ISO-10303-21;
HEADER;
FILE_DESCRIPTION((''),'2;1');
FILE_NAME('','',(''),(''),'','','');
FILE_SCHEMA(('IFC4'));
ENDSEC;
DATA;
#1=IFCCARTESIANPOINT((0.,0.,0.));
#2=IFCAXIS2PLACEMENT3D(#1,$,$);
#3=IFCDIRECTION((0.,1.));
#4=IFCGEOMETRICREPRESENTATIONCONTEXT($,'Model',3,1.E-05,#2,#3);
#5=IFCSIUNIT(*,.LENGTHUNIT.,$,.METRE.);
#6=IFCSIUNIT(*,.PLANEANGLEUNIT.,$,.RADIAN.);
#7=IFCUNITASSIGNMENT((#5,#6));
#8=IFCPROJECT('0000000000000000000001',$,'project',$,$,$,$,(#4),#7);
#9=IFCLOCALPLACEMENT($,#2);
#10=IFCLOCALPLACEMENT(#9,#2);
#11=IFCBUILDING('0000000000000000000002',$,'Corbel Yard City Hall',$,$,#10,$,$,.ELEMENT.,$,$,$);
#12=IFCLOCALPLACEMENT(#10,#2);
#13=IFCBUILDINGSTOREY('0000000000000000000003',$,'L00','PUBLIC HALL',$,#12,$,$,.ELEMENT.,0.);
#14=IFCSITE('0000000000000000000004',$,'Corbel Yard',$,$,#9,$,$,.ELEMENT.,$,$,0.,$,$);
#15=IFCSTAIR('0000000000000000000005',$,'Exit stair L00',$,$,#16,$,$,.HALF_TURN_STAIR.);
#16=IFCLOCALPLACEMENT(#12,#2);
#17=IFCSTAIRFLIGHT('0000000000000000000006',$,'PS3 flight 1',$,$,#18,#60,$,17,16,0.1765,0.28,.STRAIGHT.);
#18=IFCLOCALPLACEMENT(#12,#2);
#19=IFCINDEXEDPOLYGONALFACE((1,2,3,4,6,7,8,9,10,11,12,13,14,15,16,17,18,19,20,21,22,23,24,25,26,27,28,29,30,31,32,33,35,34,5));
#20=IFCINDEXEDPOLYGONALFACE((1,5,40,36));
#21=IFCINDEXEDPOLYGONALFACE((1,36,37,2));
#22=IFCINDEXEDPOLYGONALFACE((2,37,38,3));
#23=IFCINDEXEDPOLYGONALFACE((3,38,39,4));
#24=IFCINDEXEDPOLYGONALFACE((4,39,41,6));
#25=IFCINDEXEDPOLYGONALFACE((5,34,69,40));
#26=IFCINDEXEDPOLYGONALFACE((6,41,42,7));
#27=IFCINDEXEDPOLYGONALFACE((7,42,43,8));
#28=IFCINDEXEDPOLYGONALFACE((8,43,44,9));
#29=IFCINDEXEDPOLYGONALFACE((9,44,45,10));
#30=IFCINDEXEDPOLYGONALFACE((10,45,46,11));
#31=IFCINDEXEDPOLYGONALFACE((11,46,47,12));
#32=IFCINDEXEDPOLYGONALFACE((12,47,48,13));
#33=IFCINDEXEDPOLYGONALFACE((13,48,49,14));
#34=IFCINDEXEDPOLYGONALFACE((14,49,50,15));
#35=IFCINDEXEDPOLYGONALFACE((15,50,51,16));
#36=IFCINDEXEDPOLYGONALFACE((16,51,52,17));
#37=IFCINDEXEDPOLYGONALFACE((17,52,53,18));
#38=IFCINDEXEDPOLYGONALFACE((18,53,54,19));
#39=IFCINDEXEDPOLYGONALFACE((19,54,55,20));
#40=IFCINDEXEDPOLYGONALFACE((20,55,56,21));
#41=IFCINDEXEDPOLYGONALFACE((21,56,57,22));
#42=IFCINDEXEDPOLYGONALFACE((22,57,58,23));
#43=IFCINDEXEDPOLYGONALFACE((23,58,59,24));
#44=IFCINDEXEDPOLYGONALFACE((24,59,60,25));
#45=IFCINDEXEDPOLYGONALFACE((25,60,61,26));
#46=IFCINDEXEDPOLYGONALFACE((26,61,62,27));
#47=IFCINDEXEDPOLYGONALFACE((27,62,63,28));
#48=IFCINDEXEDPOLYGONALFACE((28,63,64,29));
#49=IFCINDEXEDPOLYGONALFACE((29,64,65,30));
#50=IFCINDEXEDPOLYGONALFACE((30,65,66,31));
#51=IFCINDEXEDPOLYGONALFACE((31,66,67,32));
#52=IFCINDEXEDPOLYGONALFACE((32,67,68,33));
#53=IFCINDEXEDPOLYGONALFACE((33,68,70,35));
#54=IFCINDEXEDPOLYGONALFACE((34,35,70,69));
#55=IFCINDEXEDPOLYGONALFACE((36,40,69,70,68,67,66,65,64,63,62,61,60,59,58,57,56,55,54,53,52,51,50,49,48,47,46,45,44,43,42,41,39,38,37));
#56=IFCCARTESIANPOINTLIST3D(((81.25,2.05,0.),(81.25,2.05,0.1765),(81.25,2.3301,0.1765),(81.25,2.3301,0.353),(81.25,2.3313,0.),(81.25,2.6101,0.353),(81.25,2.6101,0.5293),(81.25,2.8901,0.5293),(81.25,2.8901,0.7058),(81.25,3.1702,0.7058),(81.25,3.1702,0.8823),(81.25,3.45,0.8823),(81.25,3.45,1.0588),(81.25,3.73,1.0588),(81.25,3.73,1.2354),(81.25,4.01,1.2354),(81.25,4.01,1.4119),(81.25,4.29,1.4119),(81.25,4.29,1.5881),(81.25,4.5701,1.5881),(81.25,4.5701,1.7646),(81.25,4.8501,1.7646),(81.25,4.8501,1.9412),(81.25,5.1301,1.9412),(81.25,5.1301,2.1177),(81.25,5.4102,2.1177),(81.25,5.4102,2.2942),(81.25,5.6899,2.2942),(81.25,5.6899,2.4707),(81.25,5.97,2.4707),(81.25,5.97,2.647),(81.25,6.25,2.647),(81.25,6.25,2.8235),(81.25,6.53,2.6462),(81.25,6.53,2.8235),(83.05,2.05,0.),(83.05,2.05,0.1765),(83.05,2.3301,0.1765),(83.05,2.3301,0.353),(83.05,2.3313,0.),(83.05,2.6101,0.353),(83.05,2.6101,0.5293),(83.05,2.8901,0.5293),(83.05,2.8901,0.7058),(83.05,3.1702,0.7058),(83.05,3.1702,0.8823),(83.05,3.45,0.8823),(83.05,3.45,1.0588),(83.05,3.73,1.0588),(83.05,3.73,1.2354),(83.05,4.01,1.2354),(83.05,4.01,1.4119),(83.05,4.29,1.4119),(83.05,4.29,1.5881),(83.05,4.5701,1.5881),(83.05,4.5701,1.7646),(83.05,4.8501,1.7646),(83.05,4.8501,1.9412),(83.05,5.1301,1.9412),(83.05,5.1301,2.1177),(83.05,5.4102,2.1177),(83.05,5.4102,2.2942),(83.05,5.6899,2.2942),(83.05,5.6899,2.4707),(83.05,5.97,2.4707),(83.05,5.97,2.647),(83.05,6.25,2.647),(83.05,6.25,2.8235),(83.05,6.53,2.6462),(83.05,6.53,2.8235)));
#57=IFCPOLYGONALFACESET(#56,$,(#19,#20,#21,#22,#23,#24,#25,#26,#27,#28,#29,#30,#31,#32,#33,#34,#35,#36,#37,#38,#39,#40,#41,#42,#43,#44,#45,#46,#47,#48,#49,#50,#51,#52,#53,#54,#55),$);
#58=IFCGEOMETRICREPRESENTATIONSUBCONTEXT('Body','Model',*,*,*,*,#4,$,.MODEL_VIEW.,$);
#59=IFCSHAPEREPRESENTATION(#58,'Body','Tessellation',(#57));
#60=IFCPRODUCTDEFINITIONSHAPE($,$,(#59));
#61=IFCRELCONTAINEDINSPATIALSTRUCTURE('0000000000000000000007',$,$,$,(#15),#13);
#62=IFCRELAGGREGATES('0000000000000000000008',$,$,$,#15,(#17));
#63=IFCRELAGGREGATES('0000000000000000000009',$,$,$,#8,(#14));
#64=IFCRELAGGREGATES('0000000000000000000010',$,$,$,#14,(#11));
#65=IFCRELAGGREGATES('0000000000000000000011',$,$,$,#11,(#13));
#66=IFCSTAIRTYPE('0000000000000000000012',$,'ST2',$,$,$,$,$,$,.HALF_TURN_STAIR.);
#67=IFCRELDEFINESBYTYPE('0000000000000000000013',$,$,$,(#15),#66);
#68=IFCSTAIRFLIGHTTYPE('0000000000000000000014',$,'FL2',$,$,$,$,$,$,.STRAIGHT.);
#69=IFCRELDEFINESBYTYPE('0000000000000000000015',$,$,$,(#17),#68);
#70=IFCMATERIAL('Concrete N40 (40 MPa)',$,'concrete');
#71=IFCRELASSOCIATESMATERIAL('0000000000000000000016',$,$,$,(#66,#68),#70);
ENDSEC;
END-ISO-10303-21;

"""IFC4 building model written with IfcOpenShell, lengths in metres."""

from ifc_helpers import new_model, si_unit, direction, frame, origin, place, context, subcontext, project, spatial, polyline, outline, extrude, material, type_object, element, aggregate, save


model = new_model("IFC4")

# Units and contexts
model_context = context("Model", 3, precision=1e-05, world=origin(), true_north=direction((0.0, 1.0)))
body_context = subcontext(model_context, "Body", "Model", "MODEL_VIEW")
ifc_project = project(units=[si_unit("LENGTHUNIT", "METRE"), si_unit("PLANEANGLEUNIT", "RADIAN")], contexts=[model_context])

# Site, building, storey
site_placement = place(None, origin())
site = spatial("IfcSite", under=ifc_project, at=site_placement, Name="Corbel Yard", CompositionType="ELEMENT", RefElevation=0.0)
building_placement = place(site_placement, origin())
building = spatial("IfcBuilding", under=site, at=building_placement, Name="Corbel Yard City Hall", CompositionType="ELEMENT")
storey_placement = place(building_placement, origin())
storey = spatial("IfcBuildingStorey", under=building, at=storey_placement, Name="L00", Description="PUBLIC HALL", CompositionType="ELEMENT", Elevation=0.0)

# Shared definitions
ifc_material_1 = material(Name="Concrete N40 (40 MPa)", Category="concrete")

# Stair, stair flight
stair_type = type_object("IfcStairType", Name="ST2", PredefinedType="HALF_TURN_STAIR", material=ifc_material_1)
stair_placement = place(storey_placement, origin())
stair = element("IfcStair", 1, at=stair_placement, inside=storey, type_object=stair_type, Name="Exit stair L00", PredefinedType="HALF_TURN_STAIR")
stair_flight_type = type_object("IfcStairFlightType", Name="FL2", PredefinedType="STRAIGHT", material=ifc_material_1)
stair_flight_placement = place(storey_placement, frame((82.1499, 2.05, 0.0), z_axis=(0.0, 0.0, 1.0), x_axis=(0.0, 1.0, 0.0)))
stair_flight = element("IfcStairFlight", 2, at=stair_flight_placement, type_object=stair_flight_type, Name="PS3 flight 1", NumberOfRisers=17, NumberOfTreads=16, PredefinedType="STRAIGHT", RiserHeight=0.1765, TreadLength=0.28, context=body_context, shape_type="SweptSolid", body=[
    extrude(outline(polyline([(0.0, 0.0), (0.0, 0.1765), (0.28, 0.1765), (0.28, 0.353), (0.5601, 0.353), (0.5601, 0.5293), (0.8401, 0.5293), (0.8401, 0.7058), (1.1201, 0.7058), (1.1201, 0.8823), (1.3999, 0.8823), (1.3999, 1.0588), (1.6799, 1.0588), (1.6799, 1.2354), (1.96, 1.2354), (1.96, 1.4119), (2.24, 1.4119), (2.24, 1.5881), (2.52, 1.5881), (2.52, 1.7646), (2.8, 1.7646), (2.8, 1.9412), (3.0801, 1.9412), (3.0801, 2.1177), (3.3601, 2.1177), (3.3601, 2.2942), (3.6399, 2.2942), (3.6399, 2.4707), (3.9199, 2.4707), (3.9199, 2.647), (4.2, 2.647), (4.2, 2.8235), (4.48, 2.8235), (4.48, 3.0), (4.48, 2.6462), (0.2812, 0.0), (0.0, 0.0)])), frame((0.0, 0.8999, 0.0), z_axis=(0.0, -1.0, 0.0), x_axis=(1.0, 0.0, 0.0)), (0.0, 0.0, 1.0), 1.8),
])
aggregate(stair, [stair_flight])

save(model, "model.ifc")
